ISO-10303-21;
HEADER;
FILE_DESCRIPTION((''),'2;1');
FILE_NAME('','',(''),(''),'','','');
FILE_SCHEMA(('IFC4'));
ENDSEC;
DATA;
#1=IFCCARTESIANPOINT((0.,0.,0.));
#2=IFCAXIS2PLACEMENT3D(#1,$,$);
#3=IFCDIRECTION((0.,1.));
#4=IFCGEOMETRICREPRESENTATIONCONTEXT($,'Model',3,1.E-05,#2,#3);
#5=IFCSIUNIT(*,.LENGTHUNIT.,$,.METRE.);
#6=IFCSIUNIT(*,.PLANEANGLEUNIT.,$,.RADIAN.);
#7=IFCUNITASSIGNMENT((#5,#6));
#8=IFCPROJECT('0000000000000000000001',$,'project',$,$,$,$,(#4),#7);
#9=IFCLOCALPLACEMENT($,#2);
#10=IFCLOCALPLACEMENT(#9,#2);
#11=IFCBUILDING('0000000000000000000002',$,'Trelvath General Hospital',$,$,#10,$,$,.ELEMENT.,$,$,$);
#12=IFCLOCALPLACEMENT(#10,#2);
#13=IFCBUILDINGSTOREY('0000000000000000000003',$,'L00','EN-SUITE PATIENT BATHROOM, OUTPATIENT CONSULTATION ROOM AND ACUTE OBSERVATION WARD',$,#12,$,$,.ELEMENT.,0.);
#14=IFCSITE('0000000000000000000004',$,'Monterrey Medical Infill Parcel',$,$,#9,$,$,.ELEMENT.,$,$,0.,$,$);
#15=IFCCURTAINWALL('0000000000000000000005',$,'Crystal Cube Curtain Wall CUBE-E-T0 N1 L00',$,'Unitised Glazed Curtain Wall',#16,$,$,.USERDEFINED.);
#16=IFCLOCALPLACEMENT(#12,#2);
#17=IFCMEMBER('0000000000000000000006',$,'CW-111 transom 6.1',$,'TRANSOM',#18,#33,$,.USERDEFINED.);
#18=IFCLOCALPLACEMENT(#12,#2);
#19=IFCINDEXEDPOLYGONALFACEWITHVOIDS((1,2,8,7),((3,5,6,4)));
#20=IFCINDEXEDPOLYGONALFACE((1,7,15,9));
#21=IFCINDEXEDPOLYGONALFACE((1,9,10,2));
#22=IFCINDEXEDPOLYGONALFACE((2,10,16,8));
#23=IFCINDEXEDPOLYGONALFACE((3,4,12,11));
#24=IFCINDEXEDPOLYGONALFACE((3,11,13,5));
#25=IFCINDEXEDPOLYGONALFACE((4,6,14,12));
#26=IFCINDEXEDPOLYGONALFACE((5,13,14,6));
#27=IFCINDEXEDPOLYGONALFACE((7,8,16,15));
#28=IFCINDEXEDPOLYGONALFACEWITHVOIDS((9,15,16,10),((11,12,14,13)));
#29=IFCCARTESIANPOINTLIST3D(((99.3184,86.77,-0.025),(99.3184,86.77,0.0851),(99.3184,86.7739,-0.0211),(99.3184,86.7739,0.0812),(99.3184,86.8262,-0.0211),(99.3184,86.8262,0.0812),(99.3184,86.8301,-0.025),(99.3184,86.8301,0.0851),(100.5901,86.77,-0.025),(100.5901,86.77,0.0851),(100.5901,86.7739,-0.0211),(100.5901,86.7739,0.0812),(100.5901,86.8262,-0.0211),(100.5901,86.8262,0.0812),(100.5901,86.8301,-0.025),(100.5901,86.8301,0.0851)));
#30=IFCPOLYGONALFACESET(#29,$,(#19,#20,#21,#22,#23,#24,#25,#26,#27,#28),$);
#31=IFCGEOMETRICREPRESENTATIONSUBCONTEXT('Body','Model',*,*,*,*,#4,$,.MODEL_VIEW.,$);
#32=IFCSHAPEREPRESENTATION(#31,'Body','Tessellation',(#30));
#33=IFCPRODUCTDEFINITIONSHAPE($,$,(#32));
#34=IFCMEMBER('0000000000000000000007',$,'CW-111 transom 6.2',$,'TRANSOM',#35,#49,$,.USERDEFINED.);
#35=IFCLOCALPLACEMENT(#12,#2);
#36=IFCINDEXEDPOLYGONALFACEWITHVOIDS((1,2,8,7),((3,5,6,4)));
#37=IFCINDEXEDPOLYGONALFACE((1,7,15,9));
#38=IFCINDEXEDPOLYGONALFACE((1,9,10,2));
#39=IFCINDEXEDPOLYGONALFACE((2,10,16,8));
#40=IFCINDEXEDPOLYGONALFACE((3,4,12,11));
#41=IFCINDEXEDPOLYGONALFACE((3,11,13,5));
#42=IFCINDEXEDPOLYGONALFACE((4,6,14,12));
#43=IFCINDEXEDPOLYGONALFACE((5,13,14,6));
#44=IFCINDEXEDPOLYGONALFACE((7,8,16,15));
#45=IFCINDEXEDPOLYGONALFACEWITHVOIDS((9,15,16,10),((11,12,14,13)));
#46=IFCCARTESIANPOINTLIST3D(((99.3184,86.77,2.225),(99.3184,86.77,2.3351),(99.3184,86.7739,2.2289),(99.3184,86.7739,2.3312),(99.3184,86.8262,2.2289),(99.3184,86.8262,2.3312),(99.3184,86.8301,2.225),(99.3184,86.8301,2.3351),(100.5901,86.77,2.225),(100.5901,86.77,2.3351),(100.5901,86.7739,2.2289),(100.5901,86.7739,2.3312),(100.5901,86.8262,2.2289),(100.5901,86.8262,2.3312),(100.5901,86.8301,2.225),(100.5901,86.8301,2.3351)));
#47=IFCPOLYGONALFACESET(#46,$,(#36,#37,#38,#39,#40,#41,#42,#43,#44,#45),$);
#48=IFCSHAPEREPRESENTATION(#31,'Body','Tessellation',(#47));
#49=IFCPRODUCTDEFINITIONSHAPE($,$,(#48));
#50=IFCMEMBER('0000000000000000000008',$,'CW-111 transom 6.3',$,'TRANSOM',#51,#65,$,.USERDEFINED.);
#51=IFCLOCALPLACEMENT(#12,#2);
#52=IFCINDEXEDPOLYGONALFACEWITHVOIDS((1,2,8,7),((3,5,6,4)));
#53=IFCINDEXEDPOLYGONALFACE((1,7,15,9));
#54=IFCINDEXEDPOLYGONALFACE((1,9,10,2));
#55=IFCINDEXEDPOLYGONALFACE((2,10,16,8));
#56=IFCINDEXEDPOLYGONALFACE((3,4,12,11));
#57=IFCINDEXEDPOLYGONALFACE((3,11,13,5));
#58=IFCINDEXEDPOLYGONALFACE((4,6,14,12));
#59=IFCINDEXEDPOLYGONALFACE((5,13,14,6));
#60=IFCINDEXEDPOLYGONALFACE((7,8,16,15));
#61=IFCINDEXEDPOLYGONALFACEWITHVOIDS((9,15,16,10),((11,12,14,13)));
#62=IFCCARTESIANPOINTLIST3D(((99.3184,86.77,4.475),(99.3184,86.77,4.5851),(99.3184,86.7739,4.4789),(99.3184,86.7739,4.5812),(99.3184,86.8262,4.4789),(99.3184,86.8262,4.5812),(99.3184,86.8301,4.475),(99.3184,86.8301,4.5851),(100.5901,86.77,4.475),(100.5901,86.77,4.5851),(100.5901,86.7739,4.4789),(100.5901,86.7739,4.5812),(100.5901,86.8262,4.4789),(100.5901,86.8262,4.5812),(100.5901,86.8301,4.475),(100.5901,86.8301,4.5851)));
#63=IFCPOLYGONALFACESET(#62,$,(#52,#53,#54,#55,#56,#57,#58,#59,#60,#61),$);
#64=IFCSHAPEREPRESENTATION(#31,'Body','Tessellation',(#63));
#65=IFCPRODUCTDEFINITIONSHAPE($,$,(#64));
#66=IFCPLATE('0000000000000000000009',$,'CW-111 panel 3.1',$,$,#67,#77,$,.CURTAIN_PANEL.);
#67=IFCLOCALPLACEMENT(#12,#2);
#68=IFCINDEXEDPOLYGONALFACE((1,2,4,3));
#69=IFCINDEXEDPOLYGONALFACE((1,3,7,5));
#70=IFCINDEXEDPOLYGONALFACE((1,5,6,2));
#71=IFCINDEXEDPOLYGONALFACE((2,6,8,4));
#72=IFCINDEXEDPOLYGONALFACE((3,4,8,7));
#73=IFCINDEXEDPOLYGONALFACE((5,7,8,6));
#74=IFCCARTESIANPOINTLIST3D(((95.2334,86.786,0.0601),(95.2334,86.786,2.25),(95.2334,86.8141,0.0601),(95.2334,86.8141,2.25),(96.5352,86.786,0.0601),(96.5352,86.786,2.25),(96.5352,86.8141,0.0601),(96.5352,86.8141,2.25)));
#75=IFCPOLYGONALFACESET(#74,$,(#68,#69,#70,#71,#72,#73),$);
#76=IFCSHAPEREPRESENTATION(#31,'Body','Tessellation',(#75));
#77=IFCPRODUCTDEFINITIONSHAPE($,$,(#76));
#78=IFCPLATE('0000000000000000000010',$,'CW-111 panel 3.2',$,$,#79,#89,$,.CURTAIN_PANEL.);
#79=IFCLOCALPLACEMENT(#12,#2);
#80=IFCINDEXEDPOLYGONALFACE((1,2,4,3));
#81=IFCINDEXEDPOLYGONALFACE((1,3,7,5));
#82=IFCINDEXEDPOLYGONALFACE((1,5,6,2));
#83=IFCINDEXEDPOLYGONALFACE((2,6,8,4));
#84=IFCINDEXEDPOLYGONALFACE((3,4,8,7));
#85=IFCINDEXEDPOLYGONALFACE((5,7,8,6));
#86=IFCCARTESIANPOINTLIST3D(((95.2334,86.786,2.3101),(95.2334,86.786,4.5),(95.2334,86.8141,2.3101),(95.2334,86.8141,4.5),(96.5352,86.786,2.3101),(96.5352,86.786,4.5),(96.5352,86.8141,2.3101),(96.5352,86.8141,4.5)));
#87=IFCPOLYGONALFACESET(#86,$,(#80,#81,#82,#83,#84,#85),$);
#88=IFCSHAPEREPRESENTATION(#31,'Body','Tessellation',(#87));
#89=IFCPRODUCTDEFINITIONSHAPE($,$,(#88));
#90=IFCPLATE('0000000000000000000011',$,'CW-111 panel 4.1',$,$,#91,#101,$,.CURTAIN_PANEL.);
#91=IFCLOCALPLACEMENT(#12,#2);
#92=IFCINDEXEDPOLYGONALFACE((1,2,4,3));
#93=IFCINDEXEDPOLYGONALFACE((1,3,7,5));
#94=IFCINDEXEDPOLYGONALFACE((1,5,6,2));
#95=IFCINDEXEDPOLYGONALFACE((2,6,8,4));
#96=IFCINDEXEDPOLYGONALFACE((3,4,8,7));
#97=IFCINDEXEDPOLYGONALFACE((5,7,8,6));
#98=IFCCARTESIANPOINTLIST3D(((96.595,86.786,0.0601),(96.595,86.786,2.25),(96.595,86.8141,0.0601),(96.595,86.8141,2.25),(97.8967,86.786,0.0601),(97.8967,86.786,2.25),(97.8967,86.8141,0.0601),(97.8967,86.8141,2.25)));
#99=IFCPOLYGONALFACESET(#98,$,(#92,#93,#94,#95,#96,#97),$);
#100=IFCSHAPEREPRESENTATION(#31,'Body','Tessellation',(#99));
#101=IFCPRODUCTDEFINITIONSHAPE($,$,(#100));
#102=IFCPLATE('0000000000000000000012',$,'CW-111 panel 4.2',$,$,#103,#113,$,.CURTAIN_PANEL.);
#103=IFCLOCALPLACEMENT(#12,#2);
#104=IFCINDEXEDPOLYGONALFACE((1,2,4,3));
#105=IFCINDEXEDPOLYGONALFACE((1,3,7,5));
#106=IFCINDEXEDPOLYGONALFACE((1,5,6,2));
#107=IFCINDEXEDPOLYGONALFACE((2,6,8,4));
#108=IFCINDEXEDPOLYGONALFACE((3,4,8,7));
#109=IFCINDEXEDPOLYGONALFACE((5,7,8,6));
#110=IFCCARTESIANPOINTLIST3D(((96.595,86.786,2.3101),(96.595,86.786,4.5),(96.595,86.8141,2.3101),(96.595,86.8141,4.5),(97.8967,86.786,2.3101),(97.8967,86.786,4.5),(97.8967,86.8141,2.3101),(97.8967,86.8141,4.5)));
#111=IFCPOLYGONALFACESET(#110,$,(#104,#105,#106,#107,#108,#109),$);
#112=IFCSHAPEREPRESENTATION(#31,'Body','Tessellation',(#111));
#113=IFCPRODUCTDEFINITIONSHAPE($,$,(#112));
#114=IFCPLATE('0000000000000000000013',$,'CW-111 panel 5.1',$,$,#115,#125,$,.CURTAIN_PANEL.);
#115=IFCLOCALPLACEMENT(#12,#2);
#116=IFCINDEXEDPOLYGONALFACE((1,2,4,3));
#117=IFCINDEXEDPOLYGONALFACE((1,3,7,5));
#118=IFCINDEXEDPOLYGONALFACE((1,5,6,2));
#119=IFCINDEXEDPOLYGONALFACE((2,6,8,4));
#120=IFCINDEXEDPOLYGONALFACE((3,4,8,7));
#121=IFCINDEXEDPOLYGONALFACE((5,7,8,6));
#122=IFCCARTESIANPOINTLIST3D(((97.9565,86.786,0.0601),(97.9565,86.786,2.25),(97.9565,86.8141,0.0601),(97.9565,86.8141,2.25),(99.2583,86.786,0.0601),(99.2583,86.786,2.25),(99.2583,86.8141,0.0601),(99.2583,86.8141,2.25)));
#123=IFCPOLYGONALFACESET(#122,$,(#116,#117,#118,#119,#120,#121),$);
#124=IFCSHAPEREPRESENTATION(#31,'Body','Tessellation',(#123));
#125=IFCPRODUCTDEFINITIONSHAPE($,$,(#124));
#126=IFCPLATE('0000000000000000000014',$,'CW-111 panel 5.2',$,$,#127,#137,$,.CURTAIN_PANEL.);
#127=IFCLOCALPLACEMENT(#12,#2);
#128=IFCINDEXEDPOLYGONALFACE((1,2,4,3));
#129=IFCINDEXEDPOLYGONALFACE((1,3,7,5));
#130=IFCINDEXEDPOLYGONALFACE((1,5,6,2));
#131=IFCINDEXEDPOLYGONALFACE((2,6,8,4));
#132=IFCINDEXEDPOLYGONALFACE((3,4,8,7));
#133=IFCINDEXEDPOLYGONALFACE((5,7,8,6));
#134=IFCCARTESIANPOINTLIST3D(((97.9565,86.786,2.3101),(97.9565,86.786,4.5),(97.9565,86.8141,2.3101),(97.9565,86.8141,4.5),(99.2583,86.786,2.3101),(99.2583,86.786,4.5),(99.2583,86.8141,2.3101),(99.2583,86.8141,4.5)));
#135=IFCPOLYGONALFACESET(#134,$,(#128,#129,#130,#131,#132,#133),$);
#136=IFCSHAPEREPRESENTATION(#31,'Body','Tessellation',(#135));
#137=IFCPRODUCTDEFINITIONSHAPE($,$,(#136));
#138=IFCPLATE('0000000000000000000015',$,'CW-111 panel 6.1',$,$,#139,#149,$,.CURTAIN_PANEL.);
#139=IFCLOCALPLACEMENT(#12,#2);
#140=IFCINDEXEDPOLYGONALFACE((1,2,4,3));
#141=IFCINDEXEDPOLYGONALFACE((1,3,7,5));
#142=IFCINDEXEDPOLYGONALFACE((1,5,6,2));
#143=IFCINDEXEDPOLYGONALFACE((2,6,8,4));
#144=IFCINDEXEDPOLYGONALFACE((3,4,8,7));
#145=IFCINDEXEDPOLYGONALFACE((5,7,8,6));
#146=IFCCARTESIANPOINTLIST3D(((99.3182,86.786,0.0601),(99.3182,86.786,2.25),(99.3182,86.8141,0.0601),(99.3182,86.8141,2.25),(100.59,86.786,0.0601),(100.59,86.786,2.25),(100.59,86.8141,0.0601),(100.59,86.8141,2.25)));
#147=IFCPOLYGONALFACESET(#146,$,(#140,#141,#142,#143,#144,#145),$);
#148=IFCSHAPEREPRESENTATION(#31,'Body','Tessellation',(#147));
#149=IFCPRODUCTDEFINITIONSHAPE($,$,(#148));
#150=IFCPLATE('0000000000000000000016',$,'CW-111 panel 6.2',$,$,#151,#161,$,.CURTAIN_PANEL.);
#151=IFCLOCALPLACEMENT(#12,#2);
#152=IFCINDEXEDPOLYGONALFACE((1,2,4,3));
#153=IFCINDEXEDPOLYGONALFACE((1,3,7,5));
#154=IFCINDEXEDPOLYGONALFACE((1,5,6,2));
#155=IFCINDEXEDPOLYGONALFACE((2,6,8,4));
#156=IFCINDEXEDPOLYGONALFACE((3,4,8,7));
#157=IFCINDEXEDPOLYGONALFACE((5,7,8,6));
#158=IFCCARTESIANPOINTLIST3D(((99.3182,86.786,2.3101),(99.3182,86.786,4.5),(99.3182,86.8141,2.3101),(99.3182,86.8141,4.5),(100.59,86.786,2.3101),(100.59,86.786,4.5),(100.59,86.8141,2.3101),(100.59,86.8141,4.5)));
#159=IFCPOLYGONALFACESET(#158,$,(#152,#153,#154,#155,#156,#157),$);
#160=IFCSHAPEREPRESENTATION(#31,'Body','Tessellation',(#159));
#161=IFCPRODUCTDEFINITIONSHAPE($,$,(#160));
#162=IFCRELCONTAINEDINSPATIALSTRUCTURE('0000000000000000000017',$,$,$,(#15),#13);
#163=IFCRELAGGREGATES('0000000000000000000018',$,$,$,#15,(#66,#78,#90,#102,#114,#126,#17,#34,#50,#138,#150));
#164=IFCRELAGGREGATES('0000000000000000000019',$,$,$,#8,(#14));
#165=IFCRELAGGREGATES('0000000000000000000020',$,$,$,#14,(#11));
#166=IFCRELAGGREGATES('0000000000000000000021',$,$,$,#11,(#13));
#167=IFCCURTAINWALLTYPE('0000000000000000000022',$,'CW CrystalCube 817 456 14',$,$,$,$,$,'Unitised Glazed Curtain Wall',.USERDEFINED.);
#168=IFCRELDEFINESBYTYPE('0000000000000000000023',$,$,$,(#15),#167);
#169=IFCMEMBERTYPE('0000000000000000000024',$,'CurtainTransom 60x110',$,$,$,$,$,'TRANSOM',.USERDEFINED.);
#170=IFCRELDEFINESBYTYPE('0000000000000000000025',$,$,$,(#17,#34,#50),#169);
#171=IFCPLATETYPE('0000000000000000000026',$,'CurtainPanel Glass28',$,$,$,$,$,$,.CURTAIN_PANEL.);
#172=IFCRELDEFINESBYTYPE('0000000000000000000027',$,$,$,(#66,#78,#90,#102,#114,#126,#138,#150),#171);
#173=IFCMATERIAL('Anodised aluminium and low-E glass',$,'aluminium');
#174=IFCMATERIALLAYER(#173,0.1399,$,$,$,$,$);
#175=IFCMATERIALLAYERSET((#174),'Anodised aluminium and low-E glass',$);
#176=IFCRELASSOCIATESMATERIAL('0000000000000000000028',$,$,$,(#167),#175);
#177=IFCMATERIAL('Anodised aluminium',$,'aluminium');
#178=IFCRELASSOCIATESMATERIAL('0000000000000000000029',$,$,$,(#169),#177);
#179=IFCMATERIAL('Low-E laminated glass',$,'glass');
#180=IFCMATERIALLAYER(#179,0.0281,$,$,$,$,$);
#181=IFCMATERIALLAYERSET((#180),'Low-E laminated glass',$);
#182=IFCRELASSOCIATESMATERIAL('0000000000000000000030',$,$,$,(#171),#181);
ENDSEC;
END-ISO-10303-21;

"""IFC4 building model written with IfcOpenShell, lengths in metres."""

from ifc_helpers import new_model, si_unit, direction, frame, origin, origin_2d, place, context, subcontext, project, spatial, rectangle, hollow_rectangle, extrude, material, layer, layer_set, material_profile, profile_set, type_object, element, aggregate, save


model = new_model("IFC4")

# Units and contexts
model_context = context("Model", 3, precision=1e-05, world=origin(), true_north=direction((0.0, 1.0)))
body_context = subcontext(model_context, "Body", "Model", "MODEL_VIEW")
ifc_project = project(units=[si_unit("LENGTHUNIT", "METRE"), si_unit("PLANEANGLEUNIT", "RADIAN")], contexts=[model_context])

# Site, building, storey
site_placement = place(None, origin())
site = spatial("IfcSite", under=ifc_project, at=site_placement, Name="Monterrey Medical Infill Parcel", CompositionType="ELEMENT", RefElevation=0.0)
building_placement = place(site_placement, origin())
building = spatial("IfcBuilding", under=site, at=building_placement, Name="Trelvath General Hospital", CompositionType="ELEMENT")
storey_placement = place(building_placement, origin())
storey = spatial("IfcBuildingStorey", under=building, at=storey_placement, Name="L00", Description="EN-SUITE PATIENT BATHROOM, OUTPATIENT CONSULTATION ROOM AND ACUTE OBSERVATION WARD", CompositionType="ELEMENT", Elevation=0.0)

# Curtain wall, members, plates
ifc_material_1 = material(Name="Anodised aluminium and low-E glass", Category="aluminium")
ifc_layer_1 = layer(ifc_material_1, 0.1399)
ifc_layer_set_1 = layer_set([ifc_layer_1], Name="Anodised aluminium and low-E glass")
curtain_wall_type = type_object("IfcCurtainWallType", Name="CW CrystalCube 817 456 14", ElementType="Unitised Glazed Curtain Wall", PredefinedType="USERDEFINED", material=ifc_layer_set_1)
curtain_wall_placement = place(storey_placement, origin())
curtain_wall = element("IfcCurtainWall", 1, at=curtain_wall_placement, inside=storey, type_object=curtain_wall_type, Name="Crystal Cube Curtain Wall CUBE-E-T0 N1 L00", ObjectType="Unitised Glazed Curtain Wall", PredefinedType="USERDEFINED")
ifc_material_2 = material(Name="Anodised aluminium", Category="aluminium")
ifc_material_profile_1 = material_profile(ifc_material_2, hollow_rectangle(XDim=0.0601, YDim=0.1101, WallThickness=0.0039, at=origin_2d()), Name="RHS60x110x4")
ifc_profile_set_1 = profile_set([ifc_material_profile_1], Name="Anodised aluminium")
member_type_1 = type_object("IfcMemberType", Name="CurtainTransom 60x110", ElementType="TRANSOM", PredefinedType="USERDEFINED", material=ifc_profile_set_1)
member_1_placement = place(storey_placement, frame((99.3184, 86.8, 0.03), z_axis=(1.0, 0.0, 0.0), x_axis=(0.0, 1.0, 0.0)))
member_1 = element("IfcMember", 2, at=member_1_placement, type_object=member_type_1, Name="CW-111 transom 6.1", ObjectType="TRANSOM", PredefinedType="USERDEFINED", context=body_context, shape_type="SweptSolid", body=[
    extrude(hollow_rectangle(XDim=0.0601, YDim=0.1101, WallThickness=0.0039, at=origin_2d()), origin(), (0.0, 0.0, 1.0), 1.2717),
])
member_2_placement = place(storey_placement, frame((99.3184, 86.8, 2.28), z_axis=(1.0, 0.0, 0.0), x_axis=(0.0, 1.0, 0.0)))
member_2 = element("IfcMember", 3, at=member_2_placement, type_object=member_type_1, Name="CW-111 transom 6.2", ObjectType="TRANSOM", PredefinedType="USERDEFINED", context=body_context, shape_type="SweptSolid", body=[
    extrude(hollow_rectangle(XDim=0.0601, YDim=0.1101, WallThickness=0.0039, at=origin_2d()), origin(), (0.0, 0.0, 1.0), 1.2717),
])
member_3_placement = place(storey_placement, frame((99.3184, 86.8, 4.53), z_axis=(1.0, 0.0, 0.0), x_axis=(0.0, 1.0, 0.0)))
member_3 = element("IfcMember", 4, at=member_3_placement, type_object=member_type_1, Name="CW-111 transom 6.3", ObjectType="TRANSOM", PredefinedType="USERDEFINED", context=body_context, shape_type="SweptSolid", body=[
    extrude(hollow_rectangle(XDim=0.0601, YDim=0.1101, WallThickness=0.0039, at=origin_2d()), origin(), (0.0, 0.0, 1.0), 1.2717),
])
ifc_material_3 = material(Name="Low-E laminated glass", Category="glass")
ifc_layer_2 = layer(ifc_material_3, 0.0281)
ifc_layer_set_2 = layer_set([ifc_layer_2], Name="Low-E laminated glass")
plate_type = type_object("IfcPlateType", Name="CurtainPanel Glass28", PredefinedType="CURTAIN_PANEL", material=ifc_layer_set_2)
plate_1_placement = place(storey_placement, frame((95.8843, 86.8, 0.0601), z_axis=(0.0, 0.0, 1.0), x_axis=(1.0, 0.0, 0.0)))
plate_1 = element("IfcPlate", 5, at=plate_1_placement, type_object=plate_type, Name="CW-111 panel 3.1", PredefinedType="CURTAIN_PANEL", context=body_context, shape_type="SweptSolid", body=[
    extrude(rectangle(XDim=1.3018, YDim=0.0281, at=origin_2d()), origin(), (0.0, 0.0, 1.0), 2.1899),
])
plate_2_placement = place(storey_placement, frame((95.8843, 86.8, 2.3101), z_axis=(0.0, 0.0, 1.0), x_axis=(1.0, 0.0, 0.0)))
plate_2 = element("IfcPlate", 6, at=plate_2_placement, type_object=plate_type, Name="CW-111 panel 3.2", PredefinedType="CURTAIN_PANEL", context=body_context, shape_type="SweptSolid", body=[
    extrude(rectangle(XDim=1.3018, YDim=0.0281, at=origin_2d()), origin(), (0.0, 0.0, 1.0), 2.1899),
])
plate_3_placement = place(storey_placement, frame((97.2458, 86.8, 0.0601), z_axis=(0.0, 0.0, 1.0), x_axis=(1.0, 0.0, 0.0)))
plate_3 = element("IfcPlate", 7, at=plate_3_placement, type_object=plate_type, Name="CW-111 panel 4.1", PredefinedType="CURTAIN_PANEL", context=body_context, shape_type="SweptSolid", body=[
    extrude(rectangle(XDim=1.3018, YDim=0.0281, at=origin_2d()), origin(), (0.0, 0.0, 1.0), 2.1899),
])
plate_4_placement = place(storey_placement, frame((97.2458, 86.8, 2.3101), z_axis=(0.0, 0.0, 1.0), x_axis=(1.0, 0.0, 0.0)))
plate_4 = element("IfcPlate", 8, at=plate_4_placement, type_object=plate_type, Name="CW-111 panel 4.2", PredefinedType="CURTAIN_PANEL", context=body_context, shape_type="SweptSolid", body=[
    extrude(rectangle(XDim=1.3018, YDim=0.0281, at=origin_2d()), origin(), (0.0, 0.0, 1.0), 2.1899),
])
plate_5_placement = place(storey_placement, frame((98.6074, 86.8, 0.0601), z_axis=(0.0, 0.0, 1.0), x_axis=(1.0, 0.0, 0.0)))
plate_5 = element("IfcPlate", 9, at=plate_5_placement, type_object=plate_type, Name="CW-111 panel 5.1", PredefinedType="CURTAIN_PANEL", context=body_context, shape_type="SweptSolid", body=[
    extrude(rectangle(XDim=1.3018, YDim=0.0281, at=origin_2d()), origin(), (0.0, 0.0, 1.0), 2.1899),
])
plate_6_placement = place(storey_placement, frame((98.6074, 86.8, 2.3101), z_axis=(0.0, 0.0, 1.0), x_axis=(1.0, 0.0, 0.0)))
plate_6 = element("IfcPlate", 10, at=plate_6_placement, type_object=plate_type, Name="CW-111 panel 5.2", PredefinedType="CURTAIN_PANEL", context=body_context, shape_type="SweptSolid", body=[
    extrude(rectangle(XDim=1.3018, YDim=0.0281, at=origin_2d()), origin(), (0.0, 0.0, 1.0), 2.1899),
])
plate_7_placement = place(storey_placement, frame((99.9541, 86.8, 0.0601), z_axis=(0.0, 0.0, 1.0), x_axis=(1.0, 0.0, 0.0)))
plate_7 = element("IfcPlate", 11, at=plate_7_placement, type_object=plate_type, Name="CW-111 panel 6.1", PredefinedType="CURTAIN_PANEL", context=body_context, shape_type="SweptSolid", body=[
    extrude(rectangle(XDim=1.2717, YDim=0.0281, at=origin_2d()), origin(), (0.0, 0.0, 1.0), 2.1899),
])
plate_8_placement = place(storey_placement, frame((99.9541, 86.8, 2.3101), z_axis=(0.0, 0.0, 1.0), x_axis=(1.0, 0.0, 0.0)))
plate_8 = element("IfcPlate", 12, at=plate_8_placement, type_object=plate_type, Name="CW-111 panel 6.2", PredefinedType="CURTAIN_PANEL", context=body_context, shape_type="SweptSolid", body=[
    extrude(rectangle(XDim=1.2717, YDim=0.0281, at=origin_2d()), origin(), (0.0, 0.0, 1.0), 2.1899),
])
aggregate(curtain_wall, [plate_1, plate_2, plate_3, plate_4, plate_5, plate_6, member_1, member_2, member_3, plate_7, plate_8])

save(model, "model.ifc")
